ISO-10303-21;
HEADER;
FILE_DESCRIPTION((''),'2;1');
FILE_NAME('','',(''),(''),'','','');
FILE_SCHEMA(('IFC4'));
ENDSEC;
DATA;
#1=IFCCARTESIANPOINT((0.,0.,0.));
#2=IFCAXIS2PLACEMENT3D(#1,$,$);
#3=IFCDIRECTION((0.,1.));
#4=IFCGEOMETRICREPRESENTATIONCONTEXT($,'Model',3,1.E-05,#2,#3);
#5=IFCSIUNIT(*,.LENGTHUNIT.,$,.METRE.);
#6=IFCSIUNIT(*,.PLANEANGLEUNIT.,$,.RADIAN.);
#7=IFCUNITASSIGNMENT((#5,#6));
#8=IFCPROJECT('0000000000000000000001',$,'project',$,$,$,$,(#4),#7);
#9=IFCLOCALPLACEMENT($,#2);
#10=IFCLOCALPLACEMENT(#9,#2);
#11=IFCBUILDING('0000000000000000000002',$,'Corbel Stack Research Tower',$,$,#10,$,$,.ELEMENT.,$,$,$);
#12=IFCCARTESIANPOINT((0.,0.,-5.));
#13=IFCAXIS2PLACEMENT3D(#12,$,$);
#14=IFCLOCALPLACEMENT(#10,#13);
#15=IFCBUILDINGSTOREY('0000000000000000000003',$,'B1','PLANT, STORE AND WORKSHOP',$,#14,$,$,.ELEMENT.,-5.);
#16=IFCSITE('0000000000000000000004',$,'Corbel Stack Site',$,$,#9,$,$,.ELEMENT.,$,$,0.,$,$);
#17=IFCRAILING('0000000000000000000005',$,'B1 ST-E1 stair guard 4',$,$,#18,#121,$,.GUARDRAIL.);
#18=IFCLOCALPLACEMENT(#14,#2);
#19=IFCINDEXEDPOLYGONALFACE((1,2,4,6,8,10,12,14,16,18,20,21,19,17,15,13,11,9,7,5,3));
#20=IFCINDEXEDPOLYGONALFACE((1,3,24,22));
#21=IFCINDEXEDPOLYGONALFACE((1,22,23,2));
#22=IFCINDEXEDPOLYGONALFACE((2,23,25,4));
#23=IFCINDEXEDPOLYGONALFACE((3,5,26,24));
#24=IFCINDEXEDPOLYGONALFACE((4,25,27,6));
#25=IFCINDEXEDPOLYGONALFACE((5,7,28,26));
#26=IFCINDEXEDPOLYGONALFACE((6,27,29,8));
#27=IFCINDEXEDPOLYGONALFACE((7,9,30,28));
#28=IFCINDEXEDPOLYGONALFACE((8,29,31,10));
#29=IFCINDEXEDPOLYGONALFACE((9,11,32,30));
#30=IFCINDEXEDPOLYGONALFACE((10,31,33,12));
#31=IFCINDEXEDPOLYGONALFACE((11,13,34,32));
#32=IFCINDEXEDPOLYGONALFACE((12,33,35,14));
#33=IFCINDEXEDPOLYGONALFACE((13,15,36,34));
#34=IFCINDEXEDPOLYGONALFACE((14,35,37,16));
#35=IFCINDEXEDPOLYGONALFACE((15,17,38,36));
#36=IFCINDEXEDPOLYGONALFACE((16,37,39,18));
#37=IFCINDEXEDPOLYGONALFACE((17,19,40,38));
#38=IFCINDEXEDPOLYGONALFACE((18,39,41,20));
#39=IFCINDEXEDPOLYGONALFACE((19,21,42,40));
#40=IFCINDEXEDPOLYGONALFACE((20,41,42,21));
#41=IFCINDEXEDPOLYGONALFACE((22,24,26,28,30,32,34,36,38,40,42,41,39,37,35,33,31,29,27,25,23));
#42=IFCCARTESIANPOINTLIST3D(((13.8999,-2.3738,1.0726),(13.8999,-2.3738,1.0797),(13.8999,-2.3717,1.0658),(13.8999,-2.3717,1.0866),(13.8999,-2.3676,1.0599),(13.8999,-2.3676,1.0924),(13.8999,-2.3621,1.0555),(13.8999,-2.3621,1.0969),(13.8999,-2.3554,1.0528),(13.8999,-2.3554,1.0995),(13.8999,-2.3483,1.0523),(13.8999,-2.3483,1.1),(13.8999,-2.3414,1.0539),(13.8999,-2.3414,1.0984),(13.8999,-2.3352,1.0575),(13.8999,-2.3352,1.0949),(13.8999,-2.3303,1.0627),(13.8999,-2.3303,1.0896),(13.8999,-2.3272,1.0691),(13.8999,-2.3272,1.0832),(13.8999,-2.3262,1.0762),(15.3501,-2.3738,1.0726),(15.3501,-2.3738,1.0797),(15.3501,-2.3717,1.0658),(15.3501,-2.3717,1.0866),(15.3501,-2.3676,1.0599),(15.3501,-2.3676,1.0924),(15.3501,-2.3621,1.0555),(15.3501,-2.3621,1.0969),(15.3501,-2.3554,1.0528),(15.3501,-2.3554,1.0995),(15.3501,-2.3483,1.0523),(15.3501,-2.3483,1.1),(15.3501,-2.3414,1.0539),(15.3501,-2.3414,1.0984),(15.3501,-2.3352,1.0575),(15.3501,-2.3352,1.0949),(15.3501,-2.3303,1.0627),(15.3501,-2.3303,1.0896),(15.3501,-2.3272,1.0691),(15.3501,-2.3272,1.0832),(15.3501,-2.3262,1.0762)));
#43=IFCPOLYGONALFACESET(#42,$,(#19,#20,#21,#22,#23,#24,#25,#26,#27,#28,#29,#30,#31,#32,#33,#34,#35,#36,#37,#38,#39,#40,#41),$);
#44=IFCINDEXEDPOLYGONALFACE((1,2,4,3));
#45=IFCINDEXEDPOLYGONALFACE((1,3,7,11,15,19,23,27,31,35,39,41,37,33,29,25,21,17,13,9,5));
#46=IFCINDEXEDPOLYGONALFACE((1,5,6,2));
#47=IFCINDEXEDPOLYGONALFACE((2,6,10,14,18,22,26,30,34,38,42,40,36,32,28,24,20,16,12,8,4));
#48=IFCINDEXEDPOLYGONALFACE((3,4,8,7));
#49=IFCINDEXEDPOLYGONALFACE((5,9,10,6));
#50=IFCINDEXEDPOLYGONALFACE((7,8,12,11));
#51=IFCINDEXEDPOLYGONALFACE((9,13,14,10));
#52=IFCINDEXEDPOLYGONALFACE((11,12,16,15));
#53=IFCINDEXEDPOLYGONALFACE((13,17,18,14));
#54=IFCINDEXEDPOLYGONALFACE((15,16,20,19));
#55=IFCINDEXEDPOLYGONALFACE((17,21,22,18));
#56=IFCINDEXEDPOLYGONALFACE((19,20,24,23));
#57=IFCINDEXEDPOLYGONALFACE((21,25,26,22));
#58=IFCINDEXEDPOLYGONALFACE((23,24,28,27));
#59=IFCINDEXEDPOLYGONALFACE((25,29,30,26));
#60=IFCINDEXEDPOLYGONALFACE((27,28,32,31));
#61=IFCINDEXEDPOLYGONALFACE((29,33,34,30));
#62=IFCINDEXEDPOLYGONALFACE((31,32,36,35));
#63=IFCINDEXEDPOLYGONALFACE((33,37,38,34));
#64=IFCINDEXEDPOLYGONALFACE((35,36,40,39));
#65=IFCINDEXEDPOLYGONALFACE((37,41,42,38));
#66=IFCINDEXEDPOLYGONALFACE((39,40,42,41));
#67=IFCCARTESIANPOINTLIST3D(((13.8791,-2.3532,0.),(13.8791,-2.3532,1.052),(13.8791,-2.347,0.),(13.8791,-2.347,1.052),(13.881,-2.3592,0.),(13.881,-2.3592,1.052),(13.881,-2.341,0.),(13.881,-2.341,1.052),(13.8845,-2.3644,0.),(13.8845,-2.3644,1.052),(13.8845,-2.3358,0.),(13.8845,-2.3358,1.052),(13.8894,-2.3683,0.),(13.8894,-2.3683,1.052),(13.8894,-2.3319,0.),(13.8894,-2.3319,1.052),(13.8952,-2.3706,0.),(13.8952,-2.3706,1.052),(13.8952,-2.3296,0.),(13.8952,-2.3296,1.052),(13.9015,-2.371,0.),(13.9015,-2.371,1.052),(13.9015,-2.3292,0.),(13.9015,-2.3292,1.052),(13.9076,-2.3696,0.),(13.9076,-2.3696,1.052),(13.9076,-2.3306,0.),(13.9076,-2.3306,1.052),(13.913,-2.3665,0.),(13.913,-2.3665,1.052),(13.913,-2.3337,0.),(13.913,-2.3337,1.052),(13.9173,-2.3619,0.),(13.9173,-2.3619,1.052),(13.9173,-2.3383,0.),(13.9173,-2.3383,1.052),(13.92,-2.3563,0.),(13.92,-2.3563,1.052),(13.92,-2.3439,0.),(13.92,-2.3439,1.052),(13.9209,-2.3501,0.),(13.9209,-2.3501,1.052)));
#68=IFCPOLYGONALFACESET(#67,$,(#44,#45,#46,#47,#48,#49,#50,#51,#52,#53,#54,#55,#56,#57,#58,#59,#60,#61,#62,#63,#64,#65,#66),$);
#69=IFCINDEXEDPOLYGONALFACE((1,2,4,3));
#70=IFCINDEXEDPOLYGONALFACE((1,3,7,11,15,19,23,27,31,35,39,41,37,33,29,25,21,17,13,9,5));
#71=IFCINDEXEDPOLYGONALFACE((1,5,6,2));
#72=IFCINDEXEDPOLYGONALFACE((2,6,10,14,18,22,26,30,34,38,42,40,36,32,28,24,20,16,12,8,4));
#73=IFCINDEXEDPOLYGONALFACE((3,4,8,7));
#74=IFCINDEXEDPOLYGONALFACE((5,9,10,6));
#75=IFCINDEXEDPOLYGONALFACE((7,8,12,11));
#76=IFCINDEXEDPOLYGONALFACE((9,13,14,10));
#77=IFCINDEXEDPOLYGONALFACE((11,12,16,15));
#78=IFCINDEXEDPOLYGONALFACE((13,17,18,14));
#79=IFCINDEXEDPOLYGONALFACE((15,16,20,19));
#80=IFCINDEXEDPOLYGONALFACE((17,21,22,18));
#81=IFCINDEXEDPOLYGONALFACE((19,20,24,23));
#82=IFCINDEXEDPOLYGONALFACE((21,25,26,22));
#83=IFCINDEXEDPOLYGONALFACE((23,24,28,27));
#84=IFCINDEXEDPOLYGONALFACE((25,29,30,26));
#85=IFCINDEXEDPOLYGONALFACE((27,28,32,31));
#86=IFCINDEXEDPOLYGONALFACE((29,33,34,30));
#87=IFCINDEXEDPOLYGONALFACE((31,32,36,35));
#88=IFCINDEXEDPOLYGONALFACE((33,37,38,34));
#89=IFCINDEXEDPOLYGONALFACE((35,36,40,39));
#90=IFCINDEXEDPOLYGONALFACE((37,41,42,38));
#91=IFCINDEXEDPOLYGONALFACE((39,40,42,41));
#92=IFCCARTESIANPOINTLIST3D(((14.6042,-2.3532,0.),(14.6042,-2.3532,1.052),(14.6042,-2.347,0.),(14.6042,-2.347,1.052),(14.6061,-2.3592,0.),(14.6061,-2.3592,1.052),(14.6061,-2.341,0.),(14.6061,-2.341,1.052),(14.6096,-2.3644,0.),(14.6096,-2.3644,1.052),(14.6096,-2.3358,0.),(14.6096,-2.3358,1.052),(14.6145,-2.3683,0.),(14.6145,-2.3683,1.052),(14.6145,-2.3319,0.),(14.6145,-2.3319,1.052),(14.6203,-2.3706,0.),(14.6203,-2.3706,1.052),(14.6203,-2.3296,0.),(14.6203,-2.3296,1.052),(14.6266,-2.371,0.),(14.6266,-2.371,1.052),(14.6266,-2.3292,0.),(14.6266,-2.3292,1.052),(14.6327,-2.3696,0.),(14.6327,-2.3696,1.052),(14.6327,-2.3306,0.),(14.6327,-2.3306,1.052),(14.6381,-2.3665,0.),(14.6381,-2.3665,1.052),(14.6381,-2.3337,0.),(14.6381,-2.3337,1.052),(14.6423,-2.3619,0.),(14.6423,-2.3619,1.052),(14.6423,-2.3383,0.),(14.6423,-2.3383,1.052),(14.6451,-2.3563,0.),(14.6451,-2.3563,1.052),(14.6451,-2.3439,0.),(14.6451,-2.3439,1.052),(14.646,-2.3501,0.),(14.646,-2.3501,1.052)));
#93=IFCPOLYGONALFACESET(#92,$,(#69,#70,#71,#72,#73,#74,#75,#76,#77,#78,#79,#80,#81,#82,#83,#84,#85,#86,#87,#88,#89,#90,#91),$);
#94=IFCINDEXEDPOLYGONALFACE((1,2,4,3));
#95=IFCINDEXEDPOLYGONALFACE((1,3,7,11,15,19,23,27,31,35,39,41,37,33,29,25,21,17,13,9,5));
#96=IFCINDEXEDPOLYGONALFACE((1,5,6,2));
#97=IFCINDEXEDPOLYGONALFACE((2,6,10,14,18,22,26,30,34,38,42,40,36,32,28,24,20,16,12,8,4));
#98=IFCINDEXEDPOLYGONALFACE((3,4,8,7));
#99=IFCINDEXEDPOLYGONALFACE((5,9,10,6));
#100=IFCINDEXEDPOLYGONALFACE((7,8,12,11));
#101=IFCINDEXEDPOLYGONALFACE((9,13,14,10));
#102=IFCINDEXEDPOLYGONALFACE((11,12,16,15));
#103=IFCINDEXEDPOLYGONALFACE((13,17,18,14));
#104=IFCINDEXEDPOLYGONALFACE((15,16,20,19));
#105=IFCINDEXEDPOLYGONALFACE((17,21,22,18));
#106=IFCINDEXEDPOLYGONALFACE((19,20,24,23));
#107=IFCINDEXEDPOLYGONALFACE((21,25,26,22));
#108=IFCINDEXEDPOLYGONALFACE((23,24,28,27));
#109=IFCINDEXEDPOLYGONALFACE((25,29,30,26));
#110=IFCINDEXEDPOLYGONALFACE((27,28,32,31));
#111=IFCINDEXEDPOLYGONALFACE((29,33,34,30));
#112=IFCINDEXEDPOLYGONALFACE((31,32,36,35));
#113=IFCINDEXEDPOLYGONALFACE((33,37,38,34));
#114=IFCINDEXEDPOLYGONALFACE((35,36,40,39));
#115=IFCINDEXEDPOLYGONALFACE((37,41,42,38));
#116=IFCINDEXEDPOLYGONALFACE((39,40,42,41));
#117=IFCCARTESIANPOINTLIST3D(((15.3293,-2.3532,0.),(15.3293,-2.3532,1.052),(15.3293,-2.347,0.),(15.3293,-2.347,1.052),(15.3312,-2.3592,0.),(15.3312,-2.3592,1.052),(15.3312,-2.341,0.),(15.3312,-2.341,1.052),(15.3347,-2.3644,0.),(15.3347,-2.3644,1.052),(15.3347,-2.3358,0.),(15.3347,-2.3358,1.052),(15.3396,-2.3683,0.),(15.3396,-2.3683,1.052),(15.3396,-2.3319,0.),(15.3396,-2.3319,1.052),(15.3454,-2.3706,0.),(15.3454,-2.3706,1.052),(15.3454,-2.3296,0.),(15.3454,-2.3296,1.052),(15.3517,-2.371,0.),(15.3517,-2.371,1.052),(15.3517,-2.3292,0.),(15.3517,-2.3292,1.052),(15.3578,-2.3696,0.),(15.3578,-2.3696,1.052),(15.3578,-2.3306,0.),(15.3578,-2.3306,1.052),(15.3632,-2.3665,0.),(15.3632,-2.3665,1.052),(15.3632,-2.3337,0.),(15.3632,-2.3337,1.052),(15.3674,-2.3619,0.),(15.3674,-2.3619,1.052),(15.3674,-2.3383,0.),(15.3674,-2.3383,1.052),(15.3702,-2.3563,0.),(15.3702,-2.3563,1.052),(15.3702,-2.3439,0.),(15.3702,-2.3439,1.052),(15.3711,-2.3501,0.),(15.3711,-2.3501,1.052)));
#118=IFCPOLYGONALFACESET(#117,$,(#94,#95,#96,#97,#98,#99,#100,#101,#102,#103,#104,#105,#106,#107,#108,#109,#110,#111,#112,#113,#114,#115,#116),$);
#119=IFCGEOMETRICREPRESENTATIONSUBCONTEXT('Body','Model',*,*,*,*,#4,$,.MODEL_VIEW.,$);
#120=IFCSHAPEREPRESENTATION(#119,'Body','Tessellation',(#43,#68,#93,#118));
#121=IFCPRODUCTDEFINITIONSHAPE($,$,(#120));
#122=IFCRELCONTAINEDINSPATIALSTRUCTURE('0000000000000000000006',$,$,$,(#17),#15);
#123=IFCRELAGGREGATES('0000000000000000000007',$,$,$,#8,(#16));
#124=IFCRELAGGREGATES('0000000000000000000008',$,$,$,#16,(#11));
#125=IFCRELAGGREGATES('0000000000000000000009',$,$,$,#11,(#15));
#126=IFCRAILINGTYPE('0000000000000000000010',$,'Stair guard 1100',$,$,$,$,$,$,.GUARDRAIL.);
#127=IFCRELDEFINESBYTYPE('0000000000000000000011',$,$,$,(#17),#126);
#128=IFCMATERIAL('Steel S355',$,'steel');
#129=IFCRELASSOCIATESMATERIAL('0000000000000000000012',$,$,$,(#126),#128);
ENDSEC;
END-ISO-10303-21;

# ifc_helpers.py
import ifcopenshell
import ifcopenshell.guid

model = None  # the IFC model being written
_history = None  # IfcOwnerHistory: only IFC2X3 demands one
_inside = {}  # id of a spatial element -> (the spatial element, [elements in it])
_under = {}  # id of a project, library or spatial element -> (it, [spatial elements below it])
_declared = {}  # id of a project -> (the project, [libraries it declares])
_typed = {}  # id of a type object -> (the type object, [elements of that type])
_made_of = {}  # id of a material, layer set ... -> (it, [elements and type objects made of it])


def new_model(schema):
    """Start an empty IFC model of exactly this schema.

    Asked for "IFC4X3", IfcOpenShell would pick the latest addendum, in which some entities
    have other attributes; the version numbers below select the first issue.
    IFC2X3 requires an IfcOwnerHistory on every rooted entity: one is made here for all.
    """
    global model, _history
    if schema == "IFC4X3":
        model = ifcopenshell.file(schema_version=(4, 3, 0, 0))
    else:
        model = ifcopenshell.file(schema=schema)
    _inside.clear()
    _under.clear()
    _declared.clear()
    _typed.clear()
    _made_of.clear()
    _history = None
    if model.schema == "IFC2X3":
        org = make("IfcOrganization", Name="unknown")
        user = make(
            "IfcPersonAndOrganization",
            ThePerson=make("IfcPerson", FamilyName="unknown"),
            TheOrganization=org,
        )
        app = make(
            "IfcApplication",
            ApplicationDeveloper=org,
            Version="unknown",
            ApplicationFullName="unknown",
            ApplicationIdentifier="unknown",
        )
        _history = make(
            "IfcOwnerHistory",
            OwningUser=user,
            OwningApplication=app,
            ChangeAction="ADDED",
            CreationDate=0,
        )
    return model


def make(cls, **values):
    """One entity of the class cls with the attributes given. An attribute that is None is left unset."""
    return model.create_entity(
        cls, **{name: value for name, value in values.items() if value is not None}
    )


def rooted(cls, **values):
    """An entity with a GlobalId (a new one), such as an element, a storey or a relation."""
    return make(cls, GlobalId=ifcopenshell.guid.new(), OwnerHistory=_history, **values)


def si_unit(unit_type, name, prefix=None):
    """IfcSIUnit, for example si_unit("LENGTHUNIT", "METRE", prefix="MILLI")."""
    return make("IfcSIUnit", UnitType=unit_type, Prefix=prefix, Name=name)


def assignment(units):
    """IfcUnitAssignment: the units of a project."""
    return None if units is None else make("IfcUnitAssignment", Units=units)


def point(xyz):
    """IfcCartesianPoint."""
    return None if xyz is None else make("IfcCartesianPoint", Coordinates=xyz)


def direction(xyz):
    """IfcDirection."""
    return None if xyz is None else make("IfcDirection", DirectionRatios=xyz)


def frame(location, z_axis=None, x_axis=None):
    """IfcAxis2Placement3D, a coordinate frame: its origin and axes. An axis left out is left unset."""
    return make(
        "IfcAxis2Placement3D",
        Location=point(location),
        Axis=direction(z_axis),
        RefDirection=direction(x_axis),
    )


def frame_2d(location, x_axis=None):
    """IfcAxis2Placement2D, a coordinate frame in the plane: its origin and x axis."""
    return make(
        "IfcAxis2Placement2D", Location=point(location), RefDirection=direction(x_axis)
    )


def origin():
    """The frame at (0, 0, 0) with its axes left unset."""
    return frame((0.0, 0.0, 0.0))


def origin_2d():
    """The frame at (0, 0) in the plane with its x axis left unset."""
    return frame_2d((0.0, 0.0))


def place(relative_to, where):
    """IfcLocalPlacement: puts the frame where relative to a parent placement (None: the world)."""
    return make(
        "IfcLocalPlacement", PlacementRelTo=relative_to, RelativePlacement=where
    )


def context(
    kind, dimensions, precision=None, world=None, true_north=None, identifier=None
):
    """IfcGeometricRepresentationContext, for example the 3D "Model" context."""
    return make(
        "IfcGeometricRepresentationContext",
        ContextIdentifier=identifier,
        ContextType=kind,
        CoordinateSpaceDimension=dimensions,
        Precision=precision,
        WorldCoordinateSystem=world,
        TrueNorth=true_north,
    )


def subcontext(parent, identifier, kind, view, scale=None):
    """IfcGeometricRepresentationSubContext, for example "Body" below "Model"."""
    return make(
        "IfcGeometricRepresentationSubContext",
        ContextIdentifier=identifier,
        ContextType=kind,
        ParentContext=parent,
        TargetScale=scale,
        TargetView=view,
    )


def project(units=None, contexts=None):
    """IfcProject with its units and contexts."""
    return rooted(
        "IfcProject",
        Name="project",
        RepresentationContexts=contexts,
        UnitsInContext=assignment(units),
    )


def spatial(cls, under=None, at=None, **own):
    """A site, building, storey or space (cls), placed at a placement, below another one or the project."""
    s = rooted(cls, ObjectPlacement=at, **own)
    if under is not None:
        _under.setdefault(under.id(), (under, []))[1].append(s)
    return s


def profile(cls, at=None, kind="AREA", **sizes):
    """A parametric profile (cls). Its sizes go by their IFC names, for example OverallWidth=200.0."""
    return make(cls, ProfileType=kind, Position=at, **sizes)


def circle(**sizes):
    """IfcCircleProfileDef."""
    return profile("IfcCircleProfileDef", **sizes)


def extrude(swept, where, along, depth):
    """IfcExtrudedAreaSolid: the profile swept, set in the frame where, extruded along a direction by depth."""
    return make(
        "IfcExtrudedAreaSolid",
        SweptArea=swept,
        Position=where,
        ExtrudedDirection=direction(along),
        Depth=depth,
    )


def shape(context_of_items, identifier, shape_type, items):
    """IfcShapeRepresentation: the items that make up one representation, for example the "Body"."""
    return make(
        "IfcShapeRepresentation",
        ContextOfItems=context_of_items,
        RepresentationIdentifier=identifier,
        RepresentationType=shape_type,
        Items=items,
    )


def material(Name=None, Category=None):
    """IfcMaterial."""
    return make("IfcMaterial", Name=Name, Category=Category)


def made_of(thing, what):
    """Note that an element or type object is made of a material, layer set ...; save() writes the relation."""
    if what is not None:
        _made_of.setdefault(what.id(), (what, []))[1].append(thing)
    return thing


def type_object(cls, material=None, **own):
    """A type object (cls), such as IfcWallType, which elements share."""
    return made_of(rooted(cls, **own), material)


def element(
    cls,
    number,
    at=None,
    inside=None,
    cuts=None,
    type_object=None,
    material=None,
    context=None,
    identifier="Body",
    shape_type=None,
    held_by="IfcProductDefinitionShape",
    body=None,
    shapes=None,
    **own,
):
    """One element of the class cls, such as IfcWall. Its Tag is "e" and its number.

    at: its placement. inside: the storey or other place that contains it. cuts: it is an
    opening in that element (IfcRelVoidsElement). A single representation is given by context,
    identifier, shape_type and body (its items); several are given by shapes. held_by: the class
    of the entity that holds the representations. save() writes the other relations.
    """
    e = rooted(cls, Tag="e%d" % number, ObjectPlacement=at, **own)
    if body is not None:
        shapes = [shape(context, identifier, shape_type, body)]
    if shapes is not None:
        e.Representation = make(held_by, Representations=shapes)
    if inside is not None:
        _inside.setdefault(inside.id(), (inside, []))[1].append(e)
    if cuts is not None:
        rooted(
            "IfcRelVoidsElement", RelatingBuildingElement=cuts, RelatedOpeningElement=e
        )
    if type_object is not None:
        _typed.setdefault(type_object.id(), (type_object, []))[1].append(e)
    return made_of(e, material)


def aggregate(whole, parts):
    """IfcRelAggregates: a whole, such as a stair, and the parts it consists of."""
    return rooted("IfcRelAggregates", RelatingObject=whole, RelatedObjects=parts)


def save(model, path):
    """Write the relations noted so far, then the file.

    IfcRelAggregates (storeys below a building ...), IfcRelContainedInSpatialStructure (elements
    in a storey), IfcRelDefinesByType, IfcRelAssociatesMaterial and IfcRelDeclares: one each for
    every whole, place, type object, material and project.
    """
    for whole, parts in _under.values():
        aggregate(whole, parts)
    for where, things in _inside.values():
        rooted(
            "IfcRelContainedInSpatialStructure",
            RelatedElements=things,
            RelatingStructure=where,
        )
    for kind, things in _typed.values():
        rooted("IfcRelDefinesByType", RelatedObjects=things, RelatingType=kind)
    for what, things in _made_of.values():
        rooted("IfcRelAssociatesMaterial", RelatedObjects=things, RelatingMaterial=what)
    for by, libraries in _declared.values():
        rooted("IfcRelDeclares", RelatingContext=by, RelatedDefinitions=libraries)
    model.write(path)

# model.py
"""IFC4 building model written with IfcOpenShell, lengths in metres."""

from ifc_helpers import new_model, si_unit, direction, frame, origin, origin_2d, place, context, subcontext, project, spatial, circle, extrude, material, type_object, element, save


model = new_model("IFC4")

# Units and contexts
model_context = context("Model", 3, precision=1e-05, world=origin(), true_north=direction((0.0, 1.0)))
body_context = subcontext(model_context, "Body", "Model", "MODEL_VIEW")
ifc_project = project(units=[si_unit("LENGTHUNIT", "METRE"), si_unit("PLANEANGLEUNIT", "RADIAN")], contexts=[model_context])

# Site, building, storey
site_placement = place(None, origin())
site = spatial("IfcSite", under=ifc_project, at=site_placement, Name="Corbel Stack Site", CompositionType="ELEMENT", RefElevation=0.0)
building_placement = place(site_placement, origin())
building = spatial("IfcBuilding", under=site, at=building_placement, Name="Corbel Stack Research Tower", CompositionType="ELEMENT")
storey_placement = place(building_placement, frame((0.0, 0.0, -5.0)))
storey = spatial("IfcBuildingStorey", under=building, at=storey_placement, Name="B1", Description="PLANT, STORE AND WORKSHOP", CompositionType="ELEMENT", Elevation=-5.0)

# Railing
ifc_material_1 = material(Name="Steel S355", Category="steel")
railing_type_1 = type_object("IfcRailingType", Name="Stair guard 1100", PredefinedType="GUARDRAIL", material=ifc_material_1)
railing_1_placement = place(storey_placement, frame((13.8999, -2.3501, 0.0)))
element("IfcRailing", 1, at=railing_1_placement, inside=storey, type_object=railing_type_1, Name="B1 ST-E1 stair guard 4", PredefinedType="GUARDRAIL", context=body_context, shape_type="SweptSolid", body=[
    extrude(circle(Radius=0.0239, at=origin_2d()), frame((0.0, 0.0, 1.0762), z_axis=(1.0, 0.0, 0.0), x_axis=(0.0, 1.0, 0.0)), (0.0, 0.0, 1.0), 1.4502),
    extrude(circle(Radius=0.021, at=origin_2d()), origin(), (0.0, 0.0, 1.0), 1.052),
    extrude(circle(Radius=0.021, at=origin_2d()), frame((0.7251, 0.0, 0.0)), (0.0, 0.0, 1.0), 1.052),
    extrude(circle(Radius=0.021, at=origin_2d()), frame((1.4502, 0.0, 0.0)), (0.0, 0.0, 1.0), 1.052),
])

save(model, "model.ifc")
